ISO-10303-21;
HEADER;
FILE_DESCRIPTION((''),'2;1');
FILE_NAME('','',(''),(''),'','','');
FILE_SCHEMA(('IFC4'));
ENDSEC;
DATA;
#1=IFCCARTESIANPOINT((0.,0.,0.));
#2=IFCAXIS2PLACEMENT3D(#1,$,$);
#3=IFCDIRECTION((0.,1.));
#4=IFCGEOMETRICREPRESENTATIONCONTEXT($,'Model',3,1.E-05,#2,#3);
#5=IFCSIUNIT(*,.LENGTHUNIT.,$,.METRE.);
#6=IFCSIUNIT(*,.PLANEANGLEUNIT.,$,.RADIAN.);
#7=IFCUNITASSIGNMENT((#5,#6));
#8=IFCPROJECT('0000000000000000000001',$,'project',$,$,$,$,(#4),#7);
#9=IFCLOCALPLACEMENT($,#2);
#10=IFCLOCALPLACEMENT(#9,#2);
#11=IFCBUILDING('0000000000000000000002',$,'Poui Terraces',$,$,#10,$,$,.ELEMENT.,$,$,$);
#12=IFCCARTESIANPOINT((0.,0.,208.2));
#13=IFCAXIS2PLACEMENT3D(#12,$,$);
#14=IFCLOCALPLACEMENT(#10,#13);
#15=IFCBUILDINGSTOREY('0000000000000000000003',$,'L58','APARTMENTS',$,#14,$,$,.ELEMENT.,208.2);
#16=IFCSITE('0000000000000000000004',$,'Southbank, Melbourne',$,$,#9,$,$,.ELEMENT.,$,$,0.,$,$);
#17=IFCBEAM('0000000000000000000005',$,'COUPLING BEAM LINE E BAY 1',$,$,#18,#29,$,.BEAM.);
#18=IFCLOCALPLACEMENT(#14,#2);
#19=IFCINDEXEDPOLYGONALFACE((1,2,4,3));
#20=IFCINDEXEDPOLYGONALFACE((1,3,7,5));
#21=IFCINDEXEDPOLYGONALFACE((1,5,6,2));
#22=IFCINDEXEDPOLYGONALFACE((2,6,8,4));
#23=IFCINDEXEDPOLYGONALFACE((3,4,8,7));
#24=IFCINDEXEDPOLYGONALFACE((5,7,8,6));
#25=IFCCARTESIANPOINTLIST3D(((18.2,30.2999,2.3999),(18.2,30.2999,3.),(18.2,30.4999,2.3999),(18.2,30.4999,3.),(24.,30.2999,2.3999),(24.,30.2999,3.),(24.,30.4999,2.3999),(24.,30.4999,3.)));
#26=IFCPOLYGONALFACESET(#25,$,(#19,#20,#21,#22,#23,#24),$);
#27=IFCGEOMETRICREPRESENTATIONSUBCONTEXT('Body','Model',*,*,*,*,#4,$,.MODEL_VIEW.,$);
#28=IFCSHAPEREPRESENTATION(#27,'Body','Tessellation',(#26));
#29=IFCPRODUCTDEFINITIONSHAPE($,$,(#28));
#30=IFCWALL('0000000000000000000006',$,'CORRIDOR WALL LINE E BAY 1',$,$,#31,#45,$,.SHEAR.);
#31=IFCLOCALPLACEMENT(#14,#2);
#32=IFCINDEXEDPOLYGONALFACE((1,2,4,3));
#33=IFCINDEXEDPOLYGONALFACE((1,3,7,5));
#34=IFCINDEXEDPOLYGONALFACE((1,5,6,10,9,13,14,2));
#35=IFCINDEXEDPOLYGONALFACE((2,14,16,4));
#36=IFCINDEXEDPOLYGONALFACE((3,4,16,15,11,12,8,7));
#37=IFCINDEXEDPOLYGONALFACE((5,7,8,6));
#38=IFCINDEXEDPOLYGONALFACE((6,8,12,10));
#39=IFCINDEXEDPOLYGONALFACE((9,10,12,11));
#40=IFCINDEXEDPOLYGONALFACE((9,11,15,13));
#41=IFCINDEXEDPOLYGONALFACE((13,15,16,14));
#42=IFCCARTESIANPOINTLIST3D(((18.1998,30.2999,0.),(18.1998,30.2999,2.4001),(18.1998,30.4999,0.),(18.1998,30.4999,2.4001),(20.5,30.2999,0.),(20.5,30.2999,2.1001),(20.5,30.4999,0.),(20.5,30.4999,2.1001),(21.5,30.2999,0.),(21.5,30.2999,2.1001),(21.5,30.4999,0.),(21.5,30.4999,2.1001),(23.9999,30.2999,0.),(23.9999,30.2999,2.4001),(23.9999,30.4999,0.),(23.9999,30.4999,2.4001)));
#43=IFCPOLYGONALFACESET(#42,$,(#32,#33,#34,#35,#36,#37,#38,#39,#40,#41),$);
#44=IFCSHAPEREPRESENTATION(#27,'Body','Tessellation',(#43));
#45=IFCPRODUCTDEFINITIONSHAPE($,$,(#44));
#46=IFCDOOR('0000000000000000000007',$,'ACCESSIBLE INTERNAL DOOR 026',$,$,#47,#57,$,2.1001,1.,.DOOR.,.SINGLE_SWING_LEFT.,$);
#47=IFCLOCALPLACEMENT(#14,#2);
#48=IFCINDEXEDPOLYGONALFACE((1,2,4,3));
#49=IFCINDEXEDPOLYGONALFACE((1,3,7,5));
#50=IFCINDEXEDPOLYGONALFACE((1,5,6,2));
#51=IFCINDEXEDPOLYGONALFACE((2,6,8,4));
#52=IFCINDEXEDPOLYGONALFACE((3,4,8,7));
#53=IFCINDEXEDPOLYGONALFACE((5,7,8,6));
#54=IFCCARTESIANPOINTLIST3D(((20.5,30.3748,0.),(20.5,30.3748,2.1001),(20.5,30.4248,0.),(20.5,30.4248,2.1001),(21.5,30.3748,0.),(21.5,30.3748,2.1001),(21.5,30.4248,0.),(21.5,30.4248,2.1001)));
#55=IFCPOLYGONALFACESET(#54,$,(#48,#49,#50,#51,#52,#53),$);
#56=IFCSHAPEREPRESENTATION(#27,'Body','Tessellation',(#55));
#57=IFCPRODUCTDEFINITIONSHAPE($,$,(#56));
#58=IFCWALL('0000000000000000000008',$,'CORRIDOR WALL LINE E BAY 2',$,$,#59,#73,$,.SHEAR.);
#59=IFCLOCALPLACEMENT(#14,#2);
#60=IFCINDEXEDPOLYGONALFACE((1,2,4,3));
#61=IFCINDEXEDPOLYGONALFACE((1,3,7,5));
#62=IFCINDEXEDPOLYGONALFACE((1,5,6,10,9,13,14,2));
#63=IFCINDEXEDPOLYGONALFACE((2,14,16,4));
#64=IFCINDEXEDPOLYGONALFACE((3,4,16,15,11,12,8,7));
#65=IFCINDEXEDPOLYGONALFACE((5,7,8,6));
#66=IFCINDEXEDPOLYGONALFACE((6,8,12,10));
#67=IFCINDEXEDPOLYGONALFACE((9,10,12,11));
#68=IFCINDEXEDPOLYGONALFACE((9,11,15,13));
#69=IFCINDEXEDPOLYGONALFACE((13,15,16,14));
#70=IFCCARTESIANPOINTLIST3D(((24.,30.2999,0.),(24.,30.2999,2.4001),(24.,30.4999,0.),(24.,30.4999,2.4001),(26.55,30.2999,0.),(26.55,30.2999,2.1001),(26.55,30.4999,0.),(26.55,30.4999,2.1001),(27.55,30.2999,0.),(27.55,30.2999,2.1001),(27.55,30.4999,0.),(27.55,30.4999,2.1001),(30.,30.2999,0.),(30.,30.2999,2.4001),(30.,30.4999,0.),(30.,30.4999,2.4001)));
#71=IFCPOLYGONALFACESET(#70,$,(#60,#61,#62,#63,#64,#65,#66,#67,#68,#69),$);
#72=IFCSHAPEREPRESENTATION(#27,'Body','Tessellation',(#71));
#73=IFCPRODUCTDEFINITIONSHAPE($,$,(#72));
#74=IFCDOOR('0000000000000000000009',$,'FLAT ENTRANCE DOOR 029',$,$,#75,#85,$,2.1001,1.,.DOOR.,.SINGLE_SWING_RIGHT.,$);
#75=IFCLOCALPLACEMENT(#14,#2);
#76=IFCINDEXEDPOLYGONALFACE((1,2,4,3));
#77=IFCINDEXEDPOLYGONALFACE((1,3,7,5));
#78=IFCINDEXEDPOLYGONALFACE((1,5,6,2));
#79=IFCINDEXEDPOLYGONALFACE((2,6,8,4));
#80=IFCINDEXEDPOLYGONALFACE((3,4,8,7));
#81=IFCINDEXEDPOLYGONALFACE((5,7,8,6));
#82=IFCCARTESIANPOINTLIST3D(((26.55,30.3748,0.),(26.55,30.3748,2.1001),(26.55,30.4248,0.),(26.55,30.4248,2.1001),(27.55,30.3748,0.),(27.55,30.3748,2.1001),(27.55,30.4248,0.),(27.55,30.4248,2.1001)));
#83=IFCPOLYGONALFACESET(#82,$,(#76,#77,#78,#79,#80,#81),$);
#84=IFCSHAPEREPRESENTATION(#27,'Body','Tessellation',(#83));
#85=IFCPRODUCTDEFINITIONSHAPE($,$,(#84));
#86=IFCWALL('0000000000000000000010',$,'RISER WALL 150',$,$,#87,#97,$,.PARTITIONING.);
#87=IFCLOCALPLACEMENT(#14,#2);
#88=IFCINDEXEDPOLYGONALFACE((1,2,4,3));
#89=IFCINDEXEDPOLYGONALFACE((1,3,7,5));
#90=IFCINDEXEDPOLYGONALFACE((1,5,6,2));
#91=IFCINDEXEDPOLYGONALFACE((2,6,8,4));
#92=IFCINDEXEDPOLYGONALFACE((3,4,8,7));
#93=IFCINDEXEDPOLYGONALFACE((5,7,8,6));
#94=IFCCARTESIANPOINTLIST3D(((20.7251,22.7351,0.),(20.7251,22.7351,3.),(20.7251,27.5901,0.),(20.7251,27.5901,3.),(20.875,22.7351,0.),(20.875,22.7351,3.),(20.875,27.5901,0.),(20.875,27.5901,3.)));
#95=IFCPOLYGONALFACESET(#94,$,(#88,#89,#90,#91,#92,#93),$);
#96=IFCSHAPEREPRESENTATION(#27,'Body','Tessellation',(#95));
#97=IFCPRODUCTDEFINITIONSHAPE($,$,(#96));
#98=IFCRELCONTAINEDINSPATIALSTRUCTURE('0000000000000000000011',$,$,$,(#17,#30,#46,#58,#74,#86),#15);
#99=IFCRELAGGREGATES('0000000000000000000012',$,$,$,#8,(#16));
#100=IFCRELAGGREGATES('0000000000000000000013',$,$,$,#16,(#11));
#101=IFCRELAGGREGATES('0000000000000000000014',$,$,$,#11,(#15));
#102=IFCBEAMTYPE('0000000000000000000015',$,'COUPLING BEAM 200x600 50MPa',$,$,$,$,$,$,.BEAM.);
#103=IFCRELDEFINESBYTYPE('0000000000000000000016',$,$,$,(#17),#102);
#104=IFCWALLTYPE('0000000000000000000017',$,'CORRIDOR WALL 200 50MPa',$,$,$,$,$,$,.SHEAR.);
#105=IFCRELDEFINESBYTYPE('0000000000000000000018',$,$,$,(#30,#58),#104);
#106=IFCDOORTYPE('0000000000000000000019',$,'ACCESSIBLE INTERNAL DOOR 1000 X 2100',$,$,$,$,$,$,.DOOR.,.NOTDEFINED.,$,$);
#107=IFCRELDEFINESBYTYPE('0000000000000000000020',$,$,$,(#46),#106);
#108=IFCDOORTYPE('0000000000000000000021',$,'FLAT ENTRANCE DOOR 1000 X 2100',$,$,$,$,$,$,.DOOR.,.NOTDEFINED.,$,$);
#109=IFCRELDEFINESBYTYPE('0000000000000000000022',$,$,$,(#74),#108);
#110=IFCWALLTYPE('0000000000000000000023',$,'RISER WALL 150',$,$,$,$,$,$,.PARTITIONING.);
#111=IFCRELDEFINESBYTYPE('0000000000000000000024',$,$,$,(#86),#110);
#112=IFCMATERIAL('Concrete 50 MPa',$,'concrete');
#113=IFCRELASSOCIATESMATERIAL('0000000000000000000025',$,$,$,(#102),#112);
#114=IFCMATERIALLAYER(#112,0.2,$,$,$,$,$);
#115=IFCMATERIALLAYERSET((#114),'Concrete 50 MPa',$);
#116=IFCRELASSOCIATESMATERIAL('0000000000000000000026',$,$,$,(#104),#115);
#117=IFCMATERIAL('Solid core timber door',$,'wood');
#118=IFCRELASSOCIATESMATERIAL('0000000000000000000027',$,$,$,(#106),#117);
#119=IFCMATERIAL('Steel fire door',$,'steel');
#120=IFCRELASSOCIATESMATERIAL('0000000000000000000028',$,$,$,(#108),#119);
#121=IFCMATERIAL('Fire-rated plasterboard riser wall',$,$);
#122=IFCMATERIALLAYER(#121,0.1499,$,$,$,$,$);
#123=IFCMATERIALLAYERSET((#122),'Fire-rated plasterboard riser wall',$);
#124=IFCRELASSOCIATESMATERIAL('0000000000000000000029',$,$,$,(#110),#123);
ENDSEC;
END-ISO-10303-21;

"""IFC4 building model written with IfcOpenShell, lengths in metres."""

from ifc_helpers import new_model, si_unit, direction, frame, frame_2d, origin, origin_2d, place, context, subcontext, project, spatial, rectangle, extrude, source, transform, mapped, material, layer, layer_set, material_profile, profile_set, type_object, element, fill, save


model = new_model("IFC4")

# Units and contexts
model_context = context("Model", 3, precision=1e-05, world=origin(), true_north=direction((0.0, 1.0)))
body_context = subcontext(model_context, "Body", "Model", "MODEL_VIEW")
ifc_project = project(units=[si_unit("LENGTHUNIT", "METRE"), si_unit("PLANEANGLEUNIT", "RADIAN")], contexts=[model_context])

# Site, building, storey
site_placement = place(None, origin())
site = spatial("IfcSite", under=ifc_project, at=site_placement, Name="Southbank, Melbourne", CompositionType="ELEMENT", RefElevation=0.0)
building_placement = place(site_placement, origin())
building = spatial("IfcBuilding", under=site, at=building_placement, Name="Poui Terraces", CompositionType="ELEMENT")
storey_placement = place(building_placement, frame((0.0, 0.0, 208.2)))
storey = spatial("IfcBuildingStorey", under=building, at=storey_placement, Name="L58", Description="APARTMENTS", CompositionType="ELEMENT", Elevation=208.2)

# Beam
ifc_material_1 = material(Name="Concrete 50 MPa", Category="concrete")
ifc_material_profile = material_profile(ifc_material_1, rectangle(XDim=0.2, YDim=0.6001, at=origin_2d()), Name="RC 200x600")
ifc_profile_set = profile_set([ifc_material_profile], Name="Concrete 50 MPa")
beam_type = type_object("IfcBeamType", Name="COUPLING BEAM 200x600 50MPa", PredefinedType="BEAM", material=ifc_profile_set)
shared_shape = source(origin(), body_context, "Body", "SweptSolid", [
    extrude(rectangle(XDim=0.2, YDim=0.6001, at=origin_2d()), origin(), (0.0, 0.0, 1.0), 5.8),
])
beam_placement = place(storey_placement, frame((18.2, 30.3999, 2.7), z_axis=(1.0, 0.0, 0.0), x_axis=(0.0, 1.0, 0.0)))
element("IfcBeam", 1, at=beam_placement, inside=storey, type_object=beam_type, Name="COUPLING BEAM LINE E BAY 1", PredefinedType="BEAM", context=body_context, shape_type="MappedRepresentation", body=[
    mapped(shared_shape, transform((0.0, 0.0, 0.0))),
])

# Walls, openings, doors
ifc_layer_1 = layer(ifc_material_1, 0.2)
ifc_layer_set_1 = layer_set([ifc_layer_1], Name="Concrete 50 MPa")
wall_type_1 = type_object("IfcWallType", Name="CORRIDOR WALL 200 50MPa", PredefinedType="SHEAR", material=ifc_layer_set_1)
wall_1_placement = place(storey_placement, frame((18.2, 30.3999, 0.0), z_axis=(0.0, 0.0, 1.0), x_axis=(1.0, 0.0, 0.0)))
wall_1 = element("IfcWall", 2, at=wall_1_placement, inside=storey, type_object=wall_type_1, Name="CORRIDOR WALL LINE E BAY 1", PredefinedType="SHEAR", context=body_context, shape_type="SweptSolid", body=[
    extrude(rectangle(XDim=5.8, YDim=0.2, at=frame_2d((2.8999, 0.0))), origin(), (0.0, 0.0, 1.0), 2.4001),
])
opening_1_placement = place(wall_1_placement, frame((2.3, 0.0, 0.0)))
opening_1 = element("IfcOpeningElement", 3, at=opening_1_placement, cuts=wall_1, PredefinedType="OPENING", context=body_context, shape_type="SweptSolid", body=[
    extrude(rectangle(XDim=1.0, YDim=2.1001, at=frame_2d((0.5, 1.05))), frame((0.0, 0.1099, 0.0), z_axis=(0.0, -1.0, 0.0), x_axis=(1.0, 0.0, 0.0)), (0.0, 0.0, 1.0), 0.22),
])
ifc_material_2 = material(Name="Solid core timber door", Category="wood")
door_type_1 = type_object("IfcDoorType", Name="ACCESSIBLE INTERNAL DOOR 1000 X 2100", OperationType="NOTDEFINED", PredefinedType="DOOR", material=ifc_material_2)
door_1_placement = place(opening_1_placement, origin())
door_1 = element("IfcDoor", 4, at=door_1_placement, inside=storey, type_object=door_type_1, Name="ACCESSIBLE INTERNAL DOOR 026", OperationType="SINGLE_SWING_LEFT", OverallHeight=2.1001, OverallWidth=1.0, PredefinedType="DOOR", context=body_context, shape_type="SweptSolid", body=[
    extrude(rectangle(XDim=1.0, YDim=2.1001, at=frame_2d((0.5, 1.05))), frame((0.0, 0.0249, 0.0), z_axis=(0.0, -1.0, 0.0), x_axis=(1.0, 0.0, 0.0)), (0.0, 0.0, 1.0), 0.05),
])
fill(opening_1, door_1)
wall_2_placement = place(storey_placement, frame((24.0, 30.3999, 0.0), z_axis=(0.0, 0.0, 1.0), x_axis=(1.0, 0.0, 0.0)))
wall_2 = element("IfcWall", 5, at=wall_2_placement, inside=storey, type_object=wall_type_1, Name="CORRIDOR WALL LINE E BAY 2", PredefinedType="SHEAR", context=body_context, shape_type="SweptSolid", body=[
    extrude(rectangle(XDim=6.0, YDim=0.2, at=frame_2d((3.0, 0.0))), origin(), (0.0, 0.0, 1.0), 2.4001),
])
opening_2_placement = place(wall_2_placement, frame((2.55, 0.0, 0.0)))
opening_2 = element("IfcOpeningElement", 6, at=opening_2_placement, cuts=wall_2, PredefinedType="OPENING", context=body_context, shape_type="SweptSolid", body=[
    extrude(rectangle(XDim=1.0, YDim=2.1001, at=frame_2d((0.5, 1.05))), frame((0.0, 0.1099, 0.0), z_axis=(0.0, -1.0, 0.0), x_axis=(1.0, 0.0, 0.0)), (0.0, 0.0, 1.0), 0.22),
])
ifc_material_3 = material(Name="Steel fire door", Category="steel")
door_type_2 = type_object("IfcDoorType", Name="FLAT ENTRANCE DOOR 1000 X 2100", OperationType="NOTDEFINED", PredefinedType="DOOR", material=ifc_material_3)
door_2_placement = place(opening_2_placement, origin())
door_2 = element("IfcDoor", 7, at=door_2_placement, inside=storey, type_object=door_type_2, Name="FLAT ENTRANCE DOOR 029", OperationType="SINGLE_SWING_RIGHT", OverallHeight=2.1001, OverallWidth=1.0, PredefinedType="DOOR", context=body_context, shape_type="SweptSolid", body=[
    extrude(rectangle(XDim=1.0, YDim=2.1001, at=frame_2d((0.5, 1.05))), frame((0.0, 0.0249, 0.0), z_axis=(0.0, -1.0, 0.0), x_axis=(1.0, 0.0, 0.0)), (0.0, 0.0, 1.0), 0.05),
])
fill(opening_2, door_2)

# Wall
ifc_material_4 = material(Name="Fire-rated plasterboard riser wall")
ifc_layer_2 = layer(ifc_material_4, 0.1499)
ifc_layer_set_2 = layer_set([ifc_layer_2], Name="Fire-rated plasterboard riser wall")
wall_type_2 = type_object("IfcWallType", Name="RISER WALL 150", PredefinedType="PARTITIONING", material=ifc_layer_set_2)
wall_3_placement = place(storey_placement, frame((20.8, 22.7351, 0.0), z_axis=(0.0, 0.0, 1.0), x_axis=(0.0, 1.0, 0.0)))
element("IfcWall", 8, at=wall_3_placement, inside=storey, type_object=wall_type_2, Name="RISER WALL 150", PredefinedType="PARTITIONING", context=body_context, shape_type="SweptSolid", body=[
    extrude(rectangle(XDim=4.855, YDim=0.1499, at=frame_2d((2.4275, 0.0))), origin(), (0.0, 0.0, 1.0), 3.0),
])

save(model, "model.ifc")
